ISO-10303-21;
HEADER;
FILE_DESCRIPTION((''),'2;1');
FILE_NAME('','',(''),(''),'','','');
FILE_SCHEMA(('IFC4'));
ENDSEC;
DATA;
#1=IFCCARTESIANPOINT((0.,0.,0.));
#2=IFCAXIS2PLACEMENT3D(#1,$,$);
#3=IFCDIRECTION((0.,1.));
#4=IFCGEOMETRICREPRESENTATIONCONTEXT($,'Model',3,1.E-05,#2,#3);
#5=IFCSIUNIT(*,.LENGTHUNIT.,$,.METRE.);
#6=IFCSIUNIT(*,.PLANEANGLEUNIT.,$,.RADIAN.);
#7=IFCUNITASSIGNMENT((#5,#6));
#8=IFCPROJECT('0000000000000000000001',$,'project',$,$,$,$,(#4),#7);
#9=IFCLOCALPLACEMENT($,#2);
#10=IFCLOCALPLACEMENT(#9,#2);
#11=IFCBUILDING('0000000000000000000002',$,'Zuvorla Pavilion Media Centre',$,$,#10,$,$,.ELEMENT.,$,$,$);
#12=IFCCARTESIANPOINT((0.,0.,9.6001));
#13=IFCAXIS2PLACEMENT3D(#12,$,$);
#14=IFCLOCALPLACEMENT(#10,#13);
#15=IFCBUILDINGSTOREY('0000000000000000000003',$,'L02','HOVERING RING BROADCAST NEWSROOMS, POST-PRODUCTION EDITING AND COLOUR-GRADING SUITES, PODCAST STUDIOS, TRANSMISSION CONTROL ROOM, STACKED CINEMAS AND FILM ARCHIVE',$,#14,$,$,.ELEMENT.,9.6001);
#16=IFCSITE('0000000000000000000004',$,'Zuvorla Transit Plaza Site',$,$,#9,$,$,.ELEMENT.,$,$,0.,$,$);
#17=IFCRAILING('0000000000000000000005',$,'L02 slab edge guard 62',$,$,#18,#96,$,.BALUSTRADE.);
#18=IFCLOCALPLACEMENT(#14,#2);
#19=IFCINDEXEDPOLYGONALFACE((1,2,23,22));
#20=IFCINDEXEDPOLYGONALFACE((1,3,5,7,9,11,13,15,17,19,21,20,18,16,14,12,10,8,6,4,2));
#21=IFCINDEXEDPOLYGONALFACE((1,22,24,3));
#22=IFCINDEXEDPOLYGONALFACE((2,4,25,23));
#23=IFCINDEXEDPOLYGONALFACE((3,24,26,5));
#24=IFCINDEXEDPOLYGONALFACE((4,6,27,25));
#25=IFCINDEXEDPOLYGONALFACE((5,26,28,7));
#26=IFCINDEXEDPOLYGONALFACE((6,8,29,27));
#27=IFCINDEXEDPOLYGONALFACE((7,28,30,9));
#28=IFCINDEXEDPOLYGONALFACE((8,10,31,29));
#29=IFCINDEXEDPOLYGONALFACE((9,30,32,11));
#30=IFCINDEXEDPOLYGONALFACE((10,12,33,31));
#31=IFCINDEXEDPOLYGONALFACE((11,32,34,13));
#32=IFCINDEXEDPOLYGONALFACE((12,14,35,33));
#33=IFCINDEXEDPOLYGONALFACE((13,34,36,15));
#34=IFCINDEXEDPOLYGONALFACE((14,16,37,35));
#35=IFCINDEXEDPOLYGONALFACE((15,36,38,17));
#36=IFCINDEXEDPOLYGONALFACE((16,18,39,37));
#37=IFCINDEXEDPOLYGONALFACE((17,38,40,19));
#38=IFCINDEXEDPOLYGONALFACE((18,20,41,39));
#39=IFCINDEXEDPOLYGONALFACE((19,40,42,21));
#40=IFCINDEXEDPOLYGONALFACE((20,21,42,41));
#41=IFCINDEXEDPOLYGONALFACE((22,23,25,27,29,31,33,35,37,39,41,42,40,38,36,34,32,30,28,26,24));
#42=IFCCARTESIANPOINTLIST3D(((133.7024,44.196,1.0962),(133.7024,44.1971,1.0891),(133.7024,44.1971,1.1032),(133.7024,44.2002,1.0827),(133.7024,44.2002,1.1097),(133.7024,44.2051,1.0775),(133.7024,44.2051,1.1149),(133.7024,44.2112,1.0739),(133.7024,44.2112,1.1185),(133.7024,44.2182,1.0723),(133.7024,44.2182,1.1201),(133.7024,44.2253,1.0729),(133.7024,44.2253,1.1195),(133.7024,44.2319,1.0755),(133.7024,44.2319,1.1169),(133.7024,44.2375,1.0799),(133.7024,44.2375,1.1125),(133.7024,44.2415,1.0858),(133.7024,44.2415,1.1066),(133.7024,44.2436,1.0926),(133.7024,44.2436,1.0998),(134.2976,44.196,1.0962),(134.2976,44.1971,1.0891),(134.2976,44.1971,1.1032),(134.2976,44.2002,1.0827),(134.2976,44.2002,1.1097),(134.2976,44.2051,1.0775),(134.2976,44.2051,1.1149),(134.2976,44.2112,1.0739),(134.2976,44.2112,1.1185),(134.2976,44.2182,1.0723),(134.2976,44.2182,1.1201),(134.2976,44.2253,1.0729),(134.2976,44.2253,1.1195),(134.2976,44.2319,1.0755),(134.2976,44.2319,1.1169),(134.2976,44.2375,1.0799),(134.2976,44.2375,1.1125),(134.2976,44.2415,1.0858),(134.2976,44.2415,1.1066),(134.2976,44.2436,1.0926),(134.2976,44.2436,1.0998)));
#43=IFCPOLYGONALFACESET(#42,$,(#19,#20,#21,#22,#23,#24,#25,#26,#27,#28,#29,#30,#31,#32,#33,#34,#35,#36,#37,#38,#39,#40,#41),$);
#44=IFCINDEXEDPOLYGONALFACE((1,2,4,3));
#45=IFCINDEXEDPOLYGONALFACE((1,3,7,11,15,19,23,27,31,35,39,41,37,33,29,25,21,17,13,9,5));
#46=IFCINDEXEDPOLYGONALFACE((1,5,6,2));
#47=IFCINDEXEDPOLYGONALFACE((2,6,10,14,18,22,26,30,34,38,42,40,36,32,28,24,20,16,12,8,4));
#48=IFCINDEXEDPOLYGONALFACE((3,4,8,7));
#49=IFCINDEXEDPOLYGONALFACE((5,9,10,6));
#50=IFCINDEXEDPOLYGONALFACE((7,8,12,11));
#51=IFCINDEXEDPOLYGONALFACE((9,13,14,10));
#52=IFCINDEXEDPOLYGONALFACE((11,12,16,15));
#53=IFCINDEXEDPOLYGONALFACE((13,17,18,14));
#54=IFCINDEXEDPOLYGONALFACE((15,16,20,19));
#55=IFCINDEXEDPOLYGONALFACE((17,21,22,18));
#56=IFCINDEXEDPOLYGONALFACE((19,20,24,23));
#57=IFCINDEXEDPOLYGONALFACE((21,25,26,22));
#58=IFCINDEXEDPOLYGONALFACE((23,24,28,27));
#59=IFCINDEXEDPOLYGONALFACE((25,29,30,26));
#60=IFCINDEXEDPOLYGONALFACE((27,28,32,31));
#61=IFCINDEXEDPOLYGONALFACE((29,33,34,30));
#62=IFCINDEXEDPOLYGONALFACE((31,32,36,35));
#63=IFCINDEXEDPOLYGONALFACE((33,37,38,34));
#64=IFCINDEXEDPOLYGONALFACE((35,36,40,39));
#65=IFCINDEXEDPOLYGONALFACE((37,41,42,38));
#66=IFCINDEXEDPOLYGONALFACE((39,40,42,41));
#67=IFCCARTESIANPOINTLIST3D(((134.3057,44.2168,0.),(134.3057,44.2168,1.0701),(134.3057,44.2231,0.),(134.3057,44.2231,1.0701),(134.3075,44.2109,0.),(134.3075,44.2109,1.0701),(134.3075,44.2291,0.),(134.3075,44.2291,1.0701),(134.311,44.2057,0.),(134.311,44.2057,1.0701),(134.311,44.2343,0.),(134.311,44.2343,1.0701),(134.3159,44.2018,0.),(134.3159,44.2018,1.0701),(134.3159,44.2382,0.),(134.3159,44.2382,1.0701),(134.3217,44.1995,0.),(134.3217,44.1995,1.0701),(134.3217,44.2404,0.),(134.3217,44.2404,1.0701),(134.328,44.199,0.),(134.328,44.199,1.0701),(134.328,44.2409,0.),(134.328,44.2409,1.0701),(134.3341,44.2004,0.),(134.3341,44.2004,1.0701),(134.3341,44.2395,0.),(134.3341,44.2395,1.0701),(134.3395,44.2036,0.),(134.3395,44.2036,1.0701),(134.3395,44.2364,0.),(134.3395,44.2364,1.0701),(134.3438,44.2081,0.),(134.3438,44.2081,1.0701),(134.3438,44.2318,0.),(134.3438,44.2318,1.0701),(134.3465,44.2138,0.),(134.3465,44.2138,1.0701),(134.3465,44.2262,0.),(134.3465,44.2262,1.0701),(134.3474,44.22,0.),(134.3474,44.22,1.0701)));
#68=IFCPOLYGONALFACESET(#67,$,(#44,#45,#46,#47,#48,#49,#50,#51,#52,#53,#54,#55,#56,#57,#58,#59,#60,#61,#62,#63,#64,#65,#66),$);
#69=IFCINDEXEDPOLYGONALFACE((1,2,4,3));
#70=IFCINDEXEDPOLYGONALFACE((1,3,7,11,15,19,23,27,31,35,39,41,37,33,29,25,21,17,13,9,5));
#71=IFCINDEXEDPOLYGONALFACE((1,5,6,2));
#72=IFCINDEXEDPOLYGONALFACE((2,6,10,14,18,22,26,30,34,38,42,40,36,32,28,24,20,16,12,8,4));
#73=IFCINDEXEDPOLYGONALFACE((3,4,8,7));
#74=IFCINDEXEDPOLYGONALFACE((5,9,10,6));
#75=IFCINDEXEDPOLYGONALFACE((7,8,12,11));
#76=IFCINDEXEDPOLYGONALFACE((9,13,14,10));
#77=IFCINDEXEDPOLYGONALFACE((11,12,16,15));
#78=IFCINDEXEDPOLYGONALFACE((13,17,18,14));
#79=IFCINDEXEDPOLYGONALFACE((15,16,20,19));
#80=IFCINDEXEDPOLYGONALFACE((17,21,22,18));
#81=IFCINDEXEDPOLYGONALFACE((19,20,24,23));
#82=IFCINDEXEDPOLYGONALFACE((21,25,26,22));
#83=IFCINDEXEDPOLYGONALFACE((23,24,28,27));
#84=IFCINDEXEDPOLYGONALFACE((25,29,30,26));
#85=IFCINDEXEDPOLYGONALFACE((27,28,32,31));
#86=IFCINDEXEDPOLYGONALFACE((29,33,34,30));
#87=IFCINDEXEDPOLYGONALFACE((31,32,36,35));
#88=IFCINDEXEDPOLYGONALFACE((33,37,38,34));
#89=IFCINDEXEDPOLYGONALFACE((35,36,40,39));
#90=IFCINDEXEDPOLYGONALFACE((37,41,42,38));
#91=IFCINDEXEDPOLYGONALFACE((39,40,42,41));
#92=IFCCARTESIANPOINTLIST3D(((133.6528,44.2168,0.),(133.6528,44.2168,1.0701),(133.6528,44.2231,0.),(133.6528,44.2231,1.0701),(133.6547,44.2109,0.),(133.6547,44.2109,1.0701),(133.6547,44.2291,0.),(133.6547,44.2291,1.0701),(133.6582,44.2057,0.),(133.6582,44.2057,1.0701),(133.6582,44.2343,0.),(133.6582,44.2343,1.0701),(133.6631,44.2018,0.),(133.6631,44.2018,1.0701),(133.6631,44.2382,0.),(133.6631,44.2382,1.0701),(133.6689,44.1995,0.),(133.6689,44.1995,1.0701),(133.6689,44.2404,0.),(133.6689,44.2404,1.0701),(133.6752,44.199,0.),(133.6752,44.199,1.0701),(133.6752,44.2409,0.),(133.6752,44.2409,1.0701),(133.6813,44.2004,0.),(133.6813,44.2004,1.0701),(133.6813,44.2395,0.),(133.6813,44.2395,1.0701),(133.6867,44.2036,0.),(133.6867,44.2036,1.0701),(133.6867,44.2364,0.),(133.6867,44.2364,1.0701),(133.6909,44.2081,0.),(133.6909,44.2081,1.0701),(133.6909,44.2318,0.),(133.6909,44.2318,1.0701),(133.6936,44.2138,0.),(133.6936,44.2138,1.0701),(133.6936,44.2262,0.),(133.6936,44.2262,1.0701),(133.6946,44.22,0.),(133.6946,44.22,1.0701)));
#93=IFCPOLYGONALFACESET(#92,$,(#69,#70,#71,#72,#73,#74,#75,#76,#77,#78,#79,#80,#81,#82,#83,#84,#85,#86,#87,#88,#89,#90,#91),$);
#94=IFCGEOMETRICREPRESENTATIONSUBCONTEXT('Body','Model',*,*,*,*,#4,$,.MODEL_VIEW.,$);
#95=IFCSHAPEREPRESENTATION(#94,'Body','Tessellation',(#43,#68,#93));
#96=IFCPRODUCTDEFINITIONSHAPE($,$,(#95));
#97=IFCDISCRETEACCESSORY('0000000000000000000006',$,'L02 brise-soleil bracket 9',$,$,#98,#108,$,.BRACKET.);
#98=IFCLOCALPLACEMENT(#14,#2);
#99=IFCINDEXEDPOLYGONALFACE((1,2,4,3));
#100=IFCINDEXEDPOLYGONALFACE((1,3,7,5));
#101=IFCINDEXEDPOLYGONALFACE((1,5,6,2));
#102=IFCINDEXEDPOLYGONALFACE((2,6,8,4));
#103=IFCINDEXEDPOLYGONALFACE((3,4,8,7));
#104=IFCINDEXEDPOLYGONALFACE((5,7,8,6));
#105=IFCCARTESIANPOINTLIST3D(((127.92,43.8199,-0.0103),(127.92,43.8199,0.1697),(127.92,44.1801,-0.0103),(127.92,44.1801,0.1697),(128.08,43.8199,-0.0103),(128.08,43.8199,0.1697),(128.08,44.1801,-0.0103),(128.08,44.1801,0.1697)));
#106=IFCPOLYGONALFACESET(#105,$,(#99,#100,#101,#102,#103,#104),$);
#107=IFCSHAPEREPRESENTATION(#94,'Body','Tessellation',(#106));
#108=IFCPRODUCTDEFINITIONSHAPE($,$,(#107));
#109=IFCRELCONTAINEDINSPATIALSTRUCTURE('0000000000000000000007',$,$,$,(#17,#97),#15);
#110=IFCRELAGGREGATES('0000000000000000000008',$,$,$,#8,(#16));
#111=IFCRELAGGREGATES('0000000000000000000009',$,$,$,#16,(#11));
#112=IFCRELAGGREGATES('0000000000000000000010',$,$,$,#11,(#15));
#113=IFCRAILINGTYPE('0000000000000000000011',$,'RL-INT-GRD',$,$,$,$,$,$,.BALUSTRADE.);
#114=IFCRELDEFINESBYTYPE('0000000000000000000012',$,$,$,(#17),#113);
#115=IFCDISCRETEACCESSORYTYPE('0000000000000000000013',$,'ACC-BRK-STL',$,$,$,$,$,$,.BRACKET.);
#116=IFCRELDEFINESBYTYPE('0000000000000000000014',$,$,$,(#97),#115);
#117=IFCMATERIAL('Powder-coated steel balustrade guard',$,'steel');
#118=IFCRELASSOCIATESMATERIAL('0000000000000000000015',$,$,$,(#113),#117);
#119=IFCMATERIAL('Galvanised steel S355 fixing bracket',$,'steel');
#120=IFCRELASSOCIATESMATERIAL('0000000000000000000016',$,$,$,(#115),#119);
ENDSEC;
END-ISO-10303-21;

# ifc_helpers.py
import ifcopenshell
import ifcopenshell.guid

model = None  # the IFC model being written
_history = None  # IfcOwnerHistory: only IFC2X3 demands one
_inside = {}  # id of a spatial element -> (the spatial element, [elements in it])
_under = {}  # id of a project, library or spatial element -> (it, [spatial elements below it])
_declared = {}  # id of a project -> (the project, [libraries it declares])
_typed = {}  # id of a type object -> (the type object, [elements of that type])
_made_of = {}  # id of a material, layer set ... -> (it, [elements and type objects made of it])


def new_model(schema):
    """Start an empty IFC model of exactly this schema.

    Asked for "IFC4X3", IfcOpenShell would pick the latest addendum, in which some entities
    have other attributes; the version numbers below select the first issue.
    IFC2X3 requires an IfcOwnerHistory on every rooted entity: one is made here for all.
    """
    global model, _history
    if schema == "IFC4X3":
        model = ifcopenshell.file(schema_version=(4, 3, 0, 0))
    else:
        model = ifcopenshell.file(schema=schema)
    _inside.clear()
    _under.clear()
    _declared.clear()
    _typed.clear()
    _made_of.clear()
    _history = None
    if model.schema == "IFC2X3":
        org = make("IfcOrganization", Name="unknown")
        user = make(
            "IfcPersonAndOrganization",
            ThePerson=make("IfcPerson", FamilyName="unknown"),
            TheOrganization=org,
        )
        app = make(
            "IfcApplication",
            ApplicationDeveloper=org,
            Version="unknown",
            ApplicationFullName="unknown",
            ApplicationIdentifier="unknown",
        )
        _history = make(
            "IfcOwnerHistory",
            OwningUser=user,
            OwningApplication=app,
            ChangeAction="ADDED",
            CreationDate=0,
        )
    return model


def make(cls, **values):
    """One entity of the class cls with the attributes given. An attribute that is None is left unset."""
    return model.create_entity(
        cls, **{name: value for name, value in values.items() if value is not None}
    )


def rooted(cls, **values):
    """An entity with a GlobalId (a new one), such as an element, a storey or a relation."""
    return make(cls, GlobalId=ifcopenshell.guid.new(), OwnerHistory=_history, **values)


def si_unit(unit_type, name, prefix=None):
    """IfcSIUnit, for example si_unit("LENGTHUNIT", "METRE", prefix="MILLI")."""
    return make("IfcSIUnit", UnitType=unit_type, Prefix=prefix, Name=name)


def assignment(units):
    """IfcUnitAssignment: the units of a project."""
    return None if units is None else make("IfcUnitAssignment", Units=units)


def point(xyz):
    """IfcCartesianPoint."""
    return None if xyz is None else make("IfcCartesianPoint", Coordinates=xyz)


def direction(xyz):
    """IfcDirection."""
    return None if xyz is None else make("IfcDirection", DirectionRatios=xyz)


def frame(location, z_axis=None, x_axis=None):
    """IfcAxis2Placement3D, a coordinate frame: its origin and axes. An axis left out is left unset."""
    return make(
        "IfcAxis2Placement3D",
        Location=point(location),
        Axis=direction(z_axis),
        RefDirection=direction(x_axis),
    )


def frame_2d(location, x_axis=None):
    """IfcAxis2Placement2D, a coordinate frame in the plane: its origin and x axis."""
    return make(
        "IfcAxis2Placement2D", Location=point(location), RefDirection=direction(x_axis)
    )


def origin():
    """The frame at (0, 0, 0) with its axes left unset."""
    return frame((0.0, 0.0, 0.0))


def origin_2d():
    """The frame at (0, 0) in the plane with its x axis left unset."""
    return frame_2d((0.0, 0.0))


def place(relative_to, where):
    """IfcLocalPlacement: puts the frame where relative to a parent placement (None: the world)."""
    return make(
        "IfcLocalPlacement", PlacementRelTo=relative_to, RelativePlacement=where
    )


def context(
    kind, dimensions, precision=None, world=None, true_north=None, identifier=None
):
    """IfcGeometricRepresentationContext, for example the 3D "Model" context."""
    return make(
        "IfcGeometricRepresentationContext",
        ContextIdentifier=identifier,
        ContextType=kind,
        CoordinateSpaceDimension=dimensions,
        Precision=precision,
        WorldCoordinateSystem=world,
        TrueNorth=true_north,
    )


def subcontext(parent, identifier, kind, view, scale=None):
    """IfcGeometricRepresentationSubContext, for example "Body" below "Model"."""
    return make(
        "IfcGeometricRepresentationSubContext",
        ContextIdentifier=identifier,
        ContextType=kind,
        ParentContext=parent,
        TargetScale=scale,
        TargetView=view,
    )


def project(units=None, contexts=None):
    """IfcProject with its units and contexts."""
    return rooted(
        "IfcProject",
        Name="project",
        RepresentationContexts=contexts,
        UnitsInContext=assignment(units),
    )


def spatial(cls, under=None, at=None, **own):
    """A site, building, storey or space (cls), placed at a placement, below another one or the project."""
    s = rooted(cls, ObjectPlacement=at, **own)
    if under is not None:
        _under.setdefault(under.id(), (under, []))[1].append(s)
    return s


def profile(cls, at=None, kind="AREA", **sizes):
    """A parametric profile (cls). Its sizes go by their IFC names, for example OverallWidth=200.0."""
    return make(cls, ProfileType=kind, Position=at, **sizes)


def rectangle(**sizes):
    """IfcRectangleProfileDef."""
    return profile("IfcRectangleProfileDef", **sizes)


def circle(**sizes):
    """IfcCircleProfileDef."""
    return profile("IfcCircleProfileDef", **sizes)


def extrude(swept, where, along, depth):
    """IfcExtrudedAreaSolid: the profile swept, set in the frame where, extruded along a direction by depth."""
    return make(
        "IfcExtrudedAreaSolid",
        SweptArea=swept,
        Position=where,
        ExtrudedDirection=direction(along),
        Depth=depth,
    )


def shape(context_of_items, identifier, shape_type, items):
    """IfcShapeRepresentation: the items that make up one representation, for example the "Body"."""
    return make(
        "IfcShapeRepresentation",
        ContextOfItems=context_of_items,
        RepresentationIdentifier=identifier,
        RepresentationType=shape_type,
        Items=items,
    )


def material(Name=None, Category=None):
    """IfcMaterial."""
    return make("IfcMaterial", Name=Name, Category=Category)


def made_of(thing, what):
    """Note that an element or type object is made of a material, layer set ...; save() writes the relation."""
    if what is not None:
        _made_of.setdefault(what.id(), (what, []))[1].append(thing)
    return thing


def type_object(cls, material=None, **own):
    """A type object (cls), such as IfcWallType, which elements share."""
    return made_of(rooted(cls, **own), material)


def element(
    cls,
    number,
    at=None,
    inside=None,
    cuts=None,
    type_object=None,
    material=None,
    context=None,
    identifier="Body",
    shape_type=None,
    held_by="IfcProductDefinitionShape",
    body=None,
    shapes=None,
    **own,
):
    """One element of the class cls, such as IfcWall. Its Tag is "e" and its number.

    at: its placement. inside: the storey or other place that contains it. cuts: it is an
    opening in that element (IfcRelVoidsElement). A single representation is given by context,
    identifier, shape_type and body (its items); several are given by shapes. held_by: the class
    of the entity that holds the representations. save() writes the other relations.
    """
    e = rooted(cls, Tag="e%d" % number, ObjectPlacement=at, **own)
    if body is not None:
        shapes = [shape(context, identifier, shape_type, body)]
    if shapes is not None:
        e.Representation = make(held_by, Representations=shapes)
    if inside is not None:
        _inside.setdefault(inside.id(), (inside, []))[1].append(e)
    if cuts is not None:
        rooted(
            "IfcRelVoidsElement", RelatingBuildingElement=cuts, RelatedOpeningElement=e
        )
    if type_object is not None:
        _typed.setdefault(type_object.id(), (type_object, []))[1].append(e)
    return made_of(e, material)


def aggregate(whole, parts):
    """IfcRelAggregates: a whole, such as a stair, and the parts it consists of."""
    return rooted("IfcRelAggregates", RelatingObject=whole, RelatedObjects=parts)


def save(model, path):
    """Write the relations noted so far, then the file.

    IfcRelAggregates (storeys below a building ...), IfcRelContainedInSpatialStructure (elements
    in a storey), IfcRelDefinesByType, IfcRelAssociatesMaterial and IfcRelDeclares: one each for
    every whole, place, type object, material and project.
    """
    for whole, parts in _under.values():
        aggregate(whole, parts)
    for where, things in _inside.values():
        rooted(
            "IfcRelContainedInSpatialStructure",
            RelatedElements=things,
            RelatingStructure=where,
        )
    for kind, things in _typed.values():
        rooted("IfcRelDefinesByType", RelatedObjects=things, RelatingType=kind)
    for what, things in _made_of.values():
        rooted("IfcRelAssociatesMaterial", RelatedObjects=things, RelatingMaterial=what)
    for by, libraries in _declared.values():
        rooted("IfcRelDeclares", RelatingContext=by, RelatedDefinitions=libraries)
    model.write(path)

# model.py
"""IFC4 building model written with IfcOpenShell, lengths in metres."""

from ifc_helpers import new_model, si_unit, direction, frame, origin, origin_2d, place, context, subcontext, project, spatial, rectangle, circle, extrude, material, type_object, element, save


model = new_model("IFC4")

# Units and contexts
model_context = context("Model", 3, precision=1e-05, world=origin(), true_north=direction((0.0, 1.0)))
body_context = subcontext(model_context, "Body", "Model", "MODEL_VIEW")
ifc_project = project(units=[si_unit("LENGTHUNIT", "METRE"), si_unit("PLANEANGLEUNIT", "RADIAN")], contexts=[model_context])

# Site, building, storey
site_placement = place(None, origin())
site = spatial("IfcSite", under=ifc_project, at=site_placement, Name="Zuvorla Transit Plaza Site", CompositionType="ELEMENT", RefElevation=0.0)
building_placement = place(site_placement, origin())
building = spatial("IfcBuilding", under=site, at=building_placement, Name="Zuvorla Pavilion Media Centre", CompositionType="ELEMENT")
storey_placement = place(building_placement, frame((0.0, 0.0, 9.6001)))
storey = spatial("IfcBuildingStorey", under=building, at=storey_placement, Name="L02", Description="HOVERING RING BROADCAST NEWSROOMS, POST-PRODUCTION EDITING AND COLOUR-GRADING SUITES, PODCAST STUDIOS, TRANSMISSION CONTROL ROOM, STACKED CINEMAS AND FILM ARCHIVE", CompositionType="ELEMENT", Elevation=9.6001)

# Railing
ifc_material_1 = material(Name="Powder-coated steel balustrade guard", Category="steel")
railing_type = type_object("IfcRailingType", Name="RL-INT-GRD", PredefinedType="BALUSTRADE", material=ifc_material_1)
railing_placement = place(storey_placement, frame((134.3264, 44.22, 0.0)))
element("IfcRailing", 1, at=railing_placement, inside=storey, type_object=railing_type, Name="L02 slab edge guard 62", PredefinedType="BALUSTRADE", context=body_context, shape_type="SweptSolid", body=[
    extrude(circle(Radius=0.0239, at=origin_2d()), frame((-0.0288, 0.0, 1.0962), z_axis=(-1.0, 0.0, 0.0), x_axis=(0.0, -1.0, 0.0)), (0.0, 0.0, 1.0), 0.5952),
    extrude(circle(Radius=0.021, at=origin_2d()), origin(), (0.0, 0.0, 1.0), 1.0701),
    extrude(circle(Radius=0.021, at=origin_2d()), frame((-0.6528, 0.0, 0.0)), (0.0, 0.0, 1.0), 1.0701),
])

# Discrete accessory
ifc_material_2 = material(Name="Galvanised steel S355 fixing bracket", Category="steel")
discrete_accessory_type = type_object("IfcDiscreteAccessoryType", Name="ACC-BRK-STL", PredefinedType="BRACKET", material=ifc_material_2)
discrete_accessory_placement = place(storey_placement, frame((128.0, 44.0, -0.0103), z_axis=(0.0, 0.0, 1.0), x_axis=(1.0, 0.0, 0.0)))
element("IfcDiscreteAccessory", 2, at=discrete_accessory_placement, inside=storey, type_object=discrete_accessory_type, Name="L02 brise-soleil bracket 9", PredefinedType="BRACKET", context=body_context, shape_type="SweptSolid", body=[
    extrude(rectangle(XDim=0.1599, YDim=0.3601, at=origin_2d()), origin(), (0.0, 0.0, 1.0), 0.1799),
])

save(model, "model.ifc")
